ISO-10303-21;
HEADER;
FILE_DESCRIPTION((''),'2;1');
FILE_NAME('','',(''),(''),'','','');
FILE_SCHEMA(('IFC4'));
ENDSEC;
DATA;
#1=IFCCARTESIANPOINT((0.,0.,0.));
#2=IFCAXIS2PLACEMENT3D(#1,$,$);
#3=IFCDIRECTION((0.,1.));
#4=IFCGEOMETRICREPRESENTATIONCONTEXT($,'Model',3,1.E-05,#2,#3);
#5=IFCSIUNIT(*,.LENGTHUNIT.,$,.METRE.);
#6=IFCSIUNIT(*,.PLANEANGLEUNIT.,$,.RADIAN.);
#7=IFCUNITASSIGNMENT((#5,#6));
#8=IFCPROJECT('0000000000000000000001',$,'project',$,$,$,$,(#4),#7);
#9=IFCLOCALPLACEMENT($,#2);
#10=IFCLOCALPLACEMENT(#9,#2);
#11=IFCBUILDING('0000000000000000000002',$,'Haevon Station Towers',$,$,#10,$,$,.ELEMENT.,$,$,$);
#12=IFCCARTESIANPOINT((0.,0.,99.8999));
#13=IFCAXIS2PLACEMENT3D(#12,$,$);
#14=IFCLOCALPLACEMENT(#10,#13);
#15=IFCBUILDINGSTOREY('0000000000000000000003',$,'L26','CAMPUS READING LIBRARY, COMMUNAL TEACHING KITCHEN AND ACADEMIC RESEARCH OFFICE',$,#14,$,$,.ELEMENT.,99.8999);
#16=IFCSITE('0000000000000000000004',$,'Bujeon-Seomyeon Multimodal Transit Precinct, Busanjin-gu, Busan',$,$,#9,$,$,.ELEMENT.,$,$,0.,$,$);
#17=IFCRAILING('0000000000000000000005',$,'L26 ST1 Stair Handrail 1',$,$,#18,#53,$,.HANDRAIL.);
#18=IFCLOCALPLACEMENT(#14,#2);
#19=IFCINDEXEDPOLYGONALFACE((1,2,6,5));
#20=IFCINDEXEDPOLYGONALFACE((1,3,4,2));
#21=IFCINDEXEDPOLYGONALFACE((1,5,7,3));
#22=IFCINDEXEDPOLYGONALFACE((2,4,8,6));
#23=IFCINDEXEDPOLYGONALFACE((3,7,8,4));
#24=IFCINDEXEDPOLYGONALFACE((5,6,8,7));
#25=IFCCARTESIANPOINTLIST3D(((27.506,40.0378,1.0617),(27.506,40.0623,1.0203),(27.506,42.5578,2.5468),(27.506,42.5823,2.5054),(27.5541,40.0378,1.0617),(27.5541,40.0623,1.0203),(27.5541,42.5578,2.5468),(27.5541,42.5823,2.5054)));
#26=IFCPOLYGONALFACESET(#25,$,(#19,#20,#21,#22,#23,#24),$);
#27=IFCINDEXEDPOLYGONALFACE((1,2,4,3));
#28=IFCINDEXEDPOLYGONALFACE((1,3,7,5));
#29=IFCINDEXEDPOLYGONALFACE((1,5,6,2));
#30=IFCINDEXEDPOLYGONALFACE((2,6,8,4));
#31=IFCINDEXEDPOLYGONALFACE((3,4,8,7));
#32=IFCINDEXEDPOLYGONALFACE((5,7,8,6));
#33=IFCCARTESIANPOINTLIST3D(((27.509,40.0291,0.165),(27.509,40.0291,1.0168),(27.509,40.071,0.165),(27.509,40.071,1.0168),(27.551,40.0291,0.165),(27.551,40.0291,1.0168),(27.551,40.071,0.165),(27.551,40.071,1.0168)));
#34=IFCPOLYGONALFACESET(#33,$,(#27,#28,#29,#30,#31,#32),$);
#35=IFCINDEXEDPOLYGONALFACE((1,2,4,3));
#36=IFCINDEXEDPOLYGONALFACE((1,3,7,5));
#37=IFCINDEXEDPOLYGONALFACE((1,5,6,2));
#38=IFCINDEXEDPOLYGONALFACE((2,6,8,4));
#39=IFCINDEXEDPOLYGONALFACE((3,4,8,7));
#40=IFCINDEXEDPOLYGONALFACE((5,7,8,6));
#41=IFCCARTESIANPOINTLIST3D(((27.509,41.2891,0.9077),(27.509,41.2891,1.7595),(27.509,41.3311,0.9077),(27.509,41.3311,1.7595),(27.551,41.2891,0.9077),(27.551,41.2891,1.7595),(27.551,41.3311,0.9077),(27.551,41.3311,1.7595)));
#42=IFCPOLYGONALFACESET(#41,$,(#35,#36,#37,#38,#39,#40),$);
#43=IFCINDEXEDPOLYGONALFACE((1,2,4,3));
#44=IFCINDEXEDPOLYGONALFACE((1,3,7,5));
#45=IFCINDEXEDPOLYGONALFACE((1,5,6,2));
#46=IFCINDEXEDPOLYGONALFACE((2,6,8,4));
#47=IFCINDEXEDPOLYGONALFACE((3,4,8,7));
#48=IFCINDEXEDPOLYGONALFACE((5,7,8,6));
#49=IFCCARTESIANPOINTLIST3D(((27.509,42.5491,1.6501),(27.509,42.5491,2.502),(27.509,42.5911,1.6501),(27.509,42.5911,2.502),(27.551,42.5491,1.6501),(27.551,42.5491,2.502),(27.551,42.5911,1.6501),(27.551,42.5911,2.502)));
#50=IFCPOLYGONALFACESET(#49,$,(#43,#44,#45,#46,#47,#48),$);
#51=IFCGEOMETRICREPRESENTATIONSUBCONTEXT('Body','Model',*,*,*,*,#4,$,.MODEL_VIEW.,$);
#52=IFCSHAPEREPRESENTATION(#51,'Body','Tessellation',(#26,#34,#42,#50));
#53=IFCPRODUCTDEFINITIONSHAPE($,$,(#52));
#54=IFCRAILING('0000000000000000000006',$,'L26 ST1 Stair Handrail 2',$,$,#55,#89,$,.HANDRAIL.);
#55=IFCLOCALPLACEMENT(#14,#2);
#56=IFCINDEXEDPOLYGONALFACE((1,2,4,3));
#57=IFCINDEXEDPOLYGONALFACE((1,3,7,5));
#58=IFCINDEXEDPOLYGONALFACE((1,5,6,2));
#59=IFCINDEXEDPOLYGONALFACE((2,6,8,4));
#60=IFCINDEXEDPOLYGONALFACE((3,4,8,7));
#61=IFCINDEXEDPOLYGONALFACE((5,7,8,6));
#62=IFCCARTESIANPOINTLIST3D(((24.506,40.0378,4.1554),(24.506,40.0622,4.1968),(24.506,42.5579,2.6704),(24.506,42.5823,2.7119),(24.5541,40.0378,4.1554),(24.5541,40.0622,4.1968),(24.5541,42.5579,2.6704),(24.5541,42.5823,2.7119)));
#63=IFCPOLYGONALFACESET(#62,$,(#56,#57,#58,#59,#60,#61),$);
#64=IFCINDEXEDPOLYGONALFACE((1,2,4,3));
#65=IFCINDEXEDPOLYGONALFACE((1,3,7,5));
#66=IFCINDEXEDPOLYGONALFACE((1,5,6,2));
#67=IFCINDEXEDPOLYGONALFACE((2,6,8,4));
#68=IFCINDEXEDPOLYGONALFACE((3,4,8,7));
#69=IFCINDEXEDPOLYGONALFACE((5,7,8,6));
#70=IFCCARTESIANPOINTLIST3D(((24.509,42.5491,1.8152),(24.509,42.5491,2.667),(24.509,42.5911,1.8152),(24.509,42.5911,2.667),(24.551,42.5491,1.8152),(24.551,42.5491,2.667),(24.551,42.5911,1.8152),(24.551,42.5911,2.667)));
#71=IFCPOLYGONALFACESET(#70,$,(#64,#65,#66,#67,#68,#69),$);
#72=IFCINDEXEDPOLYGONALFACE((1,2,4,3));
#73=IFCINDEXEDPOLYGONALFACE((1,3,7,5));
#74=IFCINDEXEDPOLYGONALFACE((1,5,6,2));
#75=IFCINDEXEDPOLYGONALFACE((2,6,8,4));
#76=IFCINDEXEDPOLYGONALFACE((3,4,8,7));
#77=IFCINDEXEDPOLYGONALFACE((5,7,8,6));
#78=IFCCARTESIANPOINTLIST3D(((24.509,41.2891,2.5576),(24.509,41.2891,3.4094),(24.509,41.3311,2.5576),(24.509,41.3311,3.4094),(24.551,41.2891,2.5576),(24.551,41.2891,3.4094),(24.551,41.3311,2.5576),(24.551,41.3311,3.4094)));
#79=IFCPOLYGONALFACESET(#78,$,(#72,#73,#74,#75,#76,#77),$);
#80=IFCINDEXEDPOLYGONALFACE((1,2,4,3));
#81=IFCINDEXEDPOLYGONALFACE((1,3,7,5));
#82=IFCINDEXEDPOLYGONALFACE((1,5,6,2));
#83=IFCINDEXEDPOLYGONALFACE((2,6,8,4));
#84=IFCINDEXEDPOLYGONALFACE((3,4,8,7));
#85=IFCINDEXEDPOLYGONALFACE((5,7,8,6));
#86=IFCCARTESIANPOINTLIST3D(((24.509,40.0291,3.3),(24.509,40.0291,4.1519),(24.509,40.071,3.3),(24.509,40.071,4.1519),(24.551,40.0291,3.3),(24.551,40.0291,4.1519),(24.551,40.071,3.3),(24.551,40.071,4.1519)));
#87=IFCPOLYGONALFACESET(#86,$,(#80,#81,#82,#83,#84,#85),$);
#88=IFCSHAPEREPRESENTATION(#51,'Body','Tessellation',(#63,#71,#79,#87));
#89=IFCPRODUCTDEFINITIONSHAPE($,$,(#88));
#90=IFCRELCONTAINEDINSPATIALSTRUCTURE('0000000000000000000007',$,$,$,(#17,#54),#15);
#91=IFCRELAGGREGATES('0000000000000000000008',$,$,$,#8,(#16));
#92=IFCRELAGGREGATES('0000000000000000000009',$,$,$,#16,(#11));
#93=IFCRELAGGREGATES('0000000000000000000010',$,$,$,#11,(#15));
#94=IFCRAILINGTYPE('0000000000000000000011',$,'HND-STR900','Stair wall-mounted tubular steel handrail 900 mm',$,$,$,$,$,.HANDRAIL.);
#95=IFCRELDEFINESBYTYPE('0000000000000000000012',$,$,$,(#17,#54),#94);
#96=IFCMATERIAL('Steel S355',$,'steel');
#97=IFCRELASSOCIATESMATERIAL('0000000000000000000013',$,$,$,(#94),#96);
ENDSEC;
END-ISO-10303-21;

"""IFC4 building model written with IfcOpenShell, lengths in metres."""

from ifc_helpers import new_model, si_unit, direction, frame, origin, origin_2d, place, context, subcontext, project, spatial, rectangle, extrude, material, type_object, element, save


model = new_model("IFC4")

# Units and contexts
model_context = context("Model", 3, precision=1e-05, world=origin(), true_north=direction((0.0, 1.0)))
body_context = subcontext(model_context, "Body", "Model", "MODEL_VIEW")
ifc_project = project(units=[si_unit("LENGTHUNIT", "METRE"), si_unit("PLANEANGLEUNIT", "RADIAN")], contexts=[model_context])

# Site, building, storey
site_placement = place(None, origin())
site = spatial("IfcSite", under=ifc_project, at=site_placement, Name="Bujeon-Seomyeon Multimodal Transit Precinct, Busanjin-gu, Busan", CompositionType="ELEMENT", RefElevation=0.0)
building_placement = place(site_placement, origin())
building = spatial("IfcBuilding", under=site, at=building_placement, Name="Haevon Station Towers", CompositionType="ELEMENT")
storey_placement = place(building_placement, frame((0.0, 0.0, 99.8999)))
storey = spatial("IfcBuildingStorey", under=building, at=storey_placement, Name="L26", Description="CAMPUS READING LIBRARY, COMMUNAL TEACHING KITCHEN AND ACADEMIC RESEARCH OFFICE", CompositionType="ELEMENT", Elevation=99.8999)

# Shared definitions
ifc_material_1 = material(Name="Steel S355", Category="steel")

# Railings
railing_type_1 = type_object("IfcRailingType", Name="HND-STR900", Description="Stair wall-mounted tubular steel handrail 900 mm", PredefinedType="HANDRAIL", material=ifc_material_1)
railing_1_placement = place(storey_placement, frame((27.53, 40.05, 0.165)))
element("IfcRailing", 1, at=railing_1_placement, inside=storey, type_object=railing_type_1, Name="L26 ST1 Stair Handrail 1", PredefinedType="HANDRAIL", context=body_context, shape_type="SweptSolid", body=[
    extrude(rectangle(XDim=0.0481, YDim=0.0481, at=origin_2d()), frame((0.0, 0.0, 0.876), z_axis=(0.0, 0.861524, 0.507717), x_axis=(-1.0, 0.0, 0.0)), (0.0, 0.0, 1.0), 2.925),
    extrude(rectangle(XDim=0.042, YDim=0.042, at=origin_2d()), origin(), (0.0, 0.0, 1.0), 0.8518),
    extrude(rectangle(XDim=0.042, YDim=0.042, at=origin_2d()), frame((0.0, 1.26, 0.7427)), (0.0, 0.0, 1.0), 0.8518),
    extrude(rectangle(XDim=0.042, YDim=0.042, at=origin_2d()), frame((0.0, 2.52, 1.4851)), (0.0, 0.0, 1.0), 0.8518),
])
railing_2_placement = place(storey_placement, frame((24.53, 42.5701, 1.8152)))
element("IfcRailing", 2, at=railing_2_placement, inside=storey, type_object=railing_type_1, Name="L26 ST1 Stair Handrail 2", PredefinedType="HANDRAIL", context=body_context, shape_type="SweptSolid", body=[
    extrude(rectangle(XDim=0.0481, YDim=0.0481, at=origin_2d()), frame((0.0, 0.0, 0.876), z_axis=(0.0, -0.861561, 0.507655), x_axis=(1.0, 0.0, 0.0)), (0.0, 0.0, 1.0), 2.925),
    extrude(rectangle(XDim=0.042, YDim=0.042, at=origin_2d()), origin(), (0.0, 0.0, 1.0), 0.8518),
    extrude(rectangle(XDim=0.042, YDim=0.042, at=origin_2d()), frame((0.0, -1.26, 0.7424)), (0.0, 0.0, 1.0), 0.8518),
    extrude(rectangle(XDim=0.042, YDim=0.042, at=origin_2d()), frame((0.0, -2.52, 1.4849)), (0.0, 0.0, 1.0), 0.8518),
])

save(model, "model.ifc")
